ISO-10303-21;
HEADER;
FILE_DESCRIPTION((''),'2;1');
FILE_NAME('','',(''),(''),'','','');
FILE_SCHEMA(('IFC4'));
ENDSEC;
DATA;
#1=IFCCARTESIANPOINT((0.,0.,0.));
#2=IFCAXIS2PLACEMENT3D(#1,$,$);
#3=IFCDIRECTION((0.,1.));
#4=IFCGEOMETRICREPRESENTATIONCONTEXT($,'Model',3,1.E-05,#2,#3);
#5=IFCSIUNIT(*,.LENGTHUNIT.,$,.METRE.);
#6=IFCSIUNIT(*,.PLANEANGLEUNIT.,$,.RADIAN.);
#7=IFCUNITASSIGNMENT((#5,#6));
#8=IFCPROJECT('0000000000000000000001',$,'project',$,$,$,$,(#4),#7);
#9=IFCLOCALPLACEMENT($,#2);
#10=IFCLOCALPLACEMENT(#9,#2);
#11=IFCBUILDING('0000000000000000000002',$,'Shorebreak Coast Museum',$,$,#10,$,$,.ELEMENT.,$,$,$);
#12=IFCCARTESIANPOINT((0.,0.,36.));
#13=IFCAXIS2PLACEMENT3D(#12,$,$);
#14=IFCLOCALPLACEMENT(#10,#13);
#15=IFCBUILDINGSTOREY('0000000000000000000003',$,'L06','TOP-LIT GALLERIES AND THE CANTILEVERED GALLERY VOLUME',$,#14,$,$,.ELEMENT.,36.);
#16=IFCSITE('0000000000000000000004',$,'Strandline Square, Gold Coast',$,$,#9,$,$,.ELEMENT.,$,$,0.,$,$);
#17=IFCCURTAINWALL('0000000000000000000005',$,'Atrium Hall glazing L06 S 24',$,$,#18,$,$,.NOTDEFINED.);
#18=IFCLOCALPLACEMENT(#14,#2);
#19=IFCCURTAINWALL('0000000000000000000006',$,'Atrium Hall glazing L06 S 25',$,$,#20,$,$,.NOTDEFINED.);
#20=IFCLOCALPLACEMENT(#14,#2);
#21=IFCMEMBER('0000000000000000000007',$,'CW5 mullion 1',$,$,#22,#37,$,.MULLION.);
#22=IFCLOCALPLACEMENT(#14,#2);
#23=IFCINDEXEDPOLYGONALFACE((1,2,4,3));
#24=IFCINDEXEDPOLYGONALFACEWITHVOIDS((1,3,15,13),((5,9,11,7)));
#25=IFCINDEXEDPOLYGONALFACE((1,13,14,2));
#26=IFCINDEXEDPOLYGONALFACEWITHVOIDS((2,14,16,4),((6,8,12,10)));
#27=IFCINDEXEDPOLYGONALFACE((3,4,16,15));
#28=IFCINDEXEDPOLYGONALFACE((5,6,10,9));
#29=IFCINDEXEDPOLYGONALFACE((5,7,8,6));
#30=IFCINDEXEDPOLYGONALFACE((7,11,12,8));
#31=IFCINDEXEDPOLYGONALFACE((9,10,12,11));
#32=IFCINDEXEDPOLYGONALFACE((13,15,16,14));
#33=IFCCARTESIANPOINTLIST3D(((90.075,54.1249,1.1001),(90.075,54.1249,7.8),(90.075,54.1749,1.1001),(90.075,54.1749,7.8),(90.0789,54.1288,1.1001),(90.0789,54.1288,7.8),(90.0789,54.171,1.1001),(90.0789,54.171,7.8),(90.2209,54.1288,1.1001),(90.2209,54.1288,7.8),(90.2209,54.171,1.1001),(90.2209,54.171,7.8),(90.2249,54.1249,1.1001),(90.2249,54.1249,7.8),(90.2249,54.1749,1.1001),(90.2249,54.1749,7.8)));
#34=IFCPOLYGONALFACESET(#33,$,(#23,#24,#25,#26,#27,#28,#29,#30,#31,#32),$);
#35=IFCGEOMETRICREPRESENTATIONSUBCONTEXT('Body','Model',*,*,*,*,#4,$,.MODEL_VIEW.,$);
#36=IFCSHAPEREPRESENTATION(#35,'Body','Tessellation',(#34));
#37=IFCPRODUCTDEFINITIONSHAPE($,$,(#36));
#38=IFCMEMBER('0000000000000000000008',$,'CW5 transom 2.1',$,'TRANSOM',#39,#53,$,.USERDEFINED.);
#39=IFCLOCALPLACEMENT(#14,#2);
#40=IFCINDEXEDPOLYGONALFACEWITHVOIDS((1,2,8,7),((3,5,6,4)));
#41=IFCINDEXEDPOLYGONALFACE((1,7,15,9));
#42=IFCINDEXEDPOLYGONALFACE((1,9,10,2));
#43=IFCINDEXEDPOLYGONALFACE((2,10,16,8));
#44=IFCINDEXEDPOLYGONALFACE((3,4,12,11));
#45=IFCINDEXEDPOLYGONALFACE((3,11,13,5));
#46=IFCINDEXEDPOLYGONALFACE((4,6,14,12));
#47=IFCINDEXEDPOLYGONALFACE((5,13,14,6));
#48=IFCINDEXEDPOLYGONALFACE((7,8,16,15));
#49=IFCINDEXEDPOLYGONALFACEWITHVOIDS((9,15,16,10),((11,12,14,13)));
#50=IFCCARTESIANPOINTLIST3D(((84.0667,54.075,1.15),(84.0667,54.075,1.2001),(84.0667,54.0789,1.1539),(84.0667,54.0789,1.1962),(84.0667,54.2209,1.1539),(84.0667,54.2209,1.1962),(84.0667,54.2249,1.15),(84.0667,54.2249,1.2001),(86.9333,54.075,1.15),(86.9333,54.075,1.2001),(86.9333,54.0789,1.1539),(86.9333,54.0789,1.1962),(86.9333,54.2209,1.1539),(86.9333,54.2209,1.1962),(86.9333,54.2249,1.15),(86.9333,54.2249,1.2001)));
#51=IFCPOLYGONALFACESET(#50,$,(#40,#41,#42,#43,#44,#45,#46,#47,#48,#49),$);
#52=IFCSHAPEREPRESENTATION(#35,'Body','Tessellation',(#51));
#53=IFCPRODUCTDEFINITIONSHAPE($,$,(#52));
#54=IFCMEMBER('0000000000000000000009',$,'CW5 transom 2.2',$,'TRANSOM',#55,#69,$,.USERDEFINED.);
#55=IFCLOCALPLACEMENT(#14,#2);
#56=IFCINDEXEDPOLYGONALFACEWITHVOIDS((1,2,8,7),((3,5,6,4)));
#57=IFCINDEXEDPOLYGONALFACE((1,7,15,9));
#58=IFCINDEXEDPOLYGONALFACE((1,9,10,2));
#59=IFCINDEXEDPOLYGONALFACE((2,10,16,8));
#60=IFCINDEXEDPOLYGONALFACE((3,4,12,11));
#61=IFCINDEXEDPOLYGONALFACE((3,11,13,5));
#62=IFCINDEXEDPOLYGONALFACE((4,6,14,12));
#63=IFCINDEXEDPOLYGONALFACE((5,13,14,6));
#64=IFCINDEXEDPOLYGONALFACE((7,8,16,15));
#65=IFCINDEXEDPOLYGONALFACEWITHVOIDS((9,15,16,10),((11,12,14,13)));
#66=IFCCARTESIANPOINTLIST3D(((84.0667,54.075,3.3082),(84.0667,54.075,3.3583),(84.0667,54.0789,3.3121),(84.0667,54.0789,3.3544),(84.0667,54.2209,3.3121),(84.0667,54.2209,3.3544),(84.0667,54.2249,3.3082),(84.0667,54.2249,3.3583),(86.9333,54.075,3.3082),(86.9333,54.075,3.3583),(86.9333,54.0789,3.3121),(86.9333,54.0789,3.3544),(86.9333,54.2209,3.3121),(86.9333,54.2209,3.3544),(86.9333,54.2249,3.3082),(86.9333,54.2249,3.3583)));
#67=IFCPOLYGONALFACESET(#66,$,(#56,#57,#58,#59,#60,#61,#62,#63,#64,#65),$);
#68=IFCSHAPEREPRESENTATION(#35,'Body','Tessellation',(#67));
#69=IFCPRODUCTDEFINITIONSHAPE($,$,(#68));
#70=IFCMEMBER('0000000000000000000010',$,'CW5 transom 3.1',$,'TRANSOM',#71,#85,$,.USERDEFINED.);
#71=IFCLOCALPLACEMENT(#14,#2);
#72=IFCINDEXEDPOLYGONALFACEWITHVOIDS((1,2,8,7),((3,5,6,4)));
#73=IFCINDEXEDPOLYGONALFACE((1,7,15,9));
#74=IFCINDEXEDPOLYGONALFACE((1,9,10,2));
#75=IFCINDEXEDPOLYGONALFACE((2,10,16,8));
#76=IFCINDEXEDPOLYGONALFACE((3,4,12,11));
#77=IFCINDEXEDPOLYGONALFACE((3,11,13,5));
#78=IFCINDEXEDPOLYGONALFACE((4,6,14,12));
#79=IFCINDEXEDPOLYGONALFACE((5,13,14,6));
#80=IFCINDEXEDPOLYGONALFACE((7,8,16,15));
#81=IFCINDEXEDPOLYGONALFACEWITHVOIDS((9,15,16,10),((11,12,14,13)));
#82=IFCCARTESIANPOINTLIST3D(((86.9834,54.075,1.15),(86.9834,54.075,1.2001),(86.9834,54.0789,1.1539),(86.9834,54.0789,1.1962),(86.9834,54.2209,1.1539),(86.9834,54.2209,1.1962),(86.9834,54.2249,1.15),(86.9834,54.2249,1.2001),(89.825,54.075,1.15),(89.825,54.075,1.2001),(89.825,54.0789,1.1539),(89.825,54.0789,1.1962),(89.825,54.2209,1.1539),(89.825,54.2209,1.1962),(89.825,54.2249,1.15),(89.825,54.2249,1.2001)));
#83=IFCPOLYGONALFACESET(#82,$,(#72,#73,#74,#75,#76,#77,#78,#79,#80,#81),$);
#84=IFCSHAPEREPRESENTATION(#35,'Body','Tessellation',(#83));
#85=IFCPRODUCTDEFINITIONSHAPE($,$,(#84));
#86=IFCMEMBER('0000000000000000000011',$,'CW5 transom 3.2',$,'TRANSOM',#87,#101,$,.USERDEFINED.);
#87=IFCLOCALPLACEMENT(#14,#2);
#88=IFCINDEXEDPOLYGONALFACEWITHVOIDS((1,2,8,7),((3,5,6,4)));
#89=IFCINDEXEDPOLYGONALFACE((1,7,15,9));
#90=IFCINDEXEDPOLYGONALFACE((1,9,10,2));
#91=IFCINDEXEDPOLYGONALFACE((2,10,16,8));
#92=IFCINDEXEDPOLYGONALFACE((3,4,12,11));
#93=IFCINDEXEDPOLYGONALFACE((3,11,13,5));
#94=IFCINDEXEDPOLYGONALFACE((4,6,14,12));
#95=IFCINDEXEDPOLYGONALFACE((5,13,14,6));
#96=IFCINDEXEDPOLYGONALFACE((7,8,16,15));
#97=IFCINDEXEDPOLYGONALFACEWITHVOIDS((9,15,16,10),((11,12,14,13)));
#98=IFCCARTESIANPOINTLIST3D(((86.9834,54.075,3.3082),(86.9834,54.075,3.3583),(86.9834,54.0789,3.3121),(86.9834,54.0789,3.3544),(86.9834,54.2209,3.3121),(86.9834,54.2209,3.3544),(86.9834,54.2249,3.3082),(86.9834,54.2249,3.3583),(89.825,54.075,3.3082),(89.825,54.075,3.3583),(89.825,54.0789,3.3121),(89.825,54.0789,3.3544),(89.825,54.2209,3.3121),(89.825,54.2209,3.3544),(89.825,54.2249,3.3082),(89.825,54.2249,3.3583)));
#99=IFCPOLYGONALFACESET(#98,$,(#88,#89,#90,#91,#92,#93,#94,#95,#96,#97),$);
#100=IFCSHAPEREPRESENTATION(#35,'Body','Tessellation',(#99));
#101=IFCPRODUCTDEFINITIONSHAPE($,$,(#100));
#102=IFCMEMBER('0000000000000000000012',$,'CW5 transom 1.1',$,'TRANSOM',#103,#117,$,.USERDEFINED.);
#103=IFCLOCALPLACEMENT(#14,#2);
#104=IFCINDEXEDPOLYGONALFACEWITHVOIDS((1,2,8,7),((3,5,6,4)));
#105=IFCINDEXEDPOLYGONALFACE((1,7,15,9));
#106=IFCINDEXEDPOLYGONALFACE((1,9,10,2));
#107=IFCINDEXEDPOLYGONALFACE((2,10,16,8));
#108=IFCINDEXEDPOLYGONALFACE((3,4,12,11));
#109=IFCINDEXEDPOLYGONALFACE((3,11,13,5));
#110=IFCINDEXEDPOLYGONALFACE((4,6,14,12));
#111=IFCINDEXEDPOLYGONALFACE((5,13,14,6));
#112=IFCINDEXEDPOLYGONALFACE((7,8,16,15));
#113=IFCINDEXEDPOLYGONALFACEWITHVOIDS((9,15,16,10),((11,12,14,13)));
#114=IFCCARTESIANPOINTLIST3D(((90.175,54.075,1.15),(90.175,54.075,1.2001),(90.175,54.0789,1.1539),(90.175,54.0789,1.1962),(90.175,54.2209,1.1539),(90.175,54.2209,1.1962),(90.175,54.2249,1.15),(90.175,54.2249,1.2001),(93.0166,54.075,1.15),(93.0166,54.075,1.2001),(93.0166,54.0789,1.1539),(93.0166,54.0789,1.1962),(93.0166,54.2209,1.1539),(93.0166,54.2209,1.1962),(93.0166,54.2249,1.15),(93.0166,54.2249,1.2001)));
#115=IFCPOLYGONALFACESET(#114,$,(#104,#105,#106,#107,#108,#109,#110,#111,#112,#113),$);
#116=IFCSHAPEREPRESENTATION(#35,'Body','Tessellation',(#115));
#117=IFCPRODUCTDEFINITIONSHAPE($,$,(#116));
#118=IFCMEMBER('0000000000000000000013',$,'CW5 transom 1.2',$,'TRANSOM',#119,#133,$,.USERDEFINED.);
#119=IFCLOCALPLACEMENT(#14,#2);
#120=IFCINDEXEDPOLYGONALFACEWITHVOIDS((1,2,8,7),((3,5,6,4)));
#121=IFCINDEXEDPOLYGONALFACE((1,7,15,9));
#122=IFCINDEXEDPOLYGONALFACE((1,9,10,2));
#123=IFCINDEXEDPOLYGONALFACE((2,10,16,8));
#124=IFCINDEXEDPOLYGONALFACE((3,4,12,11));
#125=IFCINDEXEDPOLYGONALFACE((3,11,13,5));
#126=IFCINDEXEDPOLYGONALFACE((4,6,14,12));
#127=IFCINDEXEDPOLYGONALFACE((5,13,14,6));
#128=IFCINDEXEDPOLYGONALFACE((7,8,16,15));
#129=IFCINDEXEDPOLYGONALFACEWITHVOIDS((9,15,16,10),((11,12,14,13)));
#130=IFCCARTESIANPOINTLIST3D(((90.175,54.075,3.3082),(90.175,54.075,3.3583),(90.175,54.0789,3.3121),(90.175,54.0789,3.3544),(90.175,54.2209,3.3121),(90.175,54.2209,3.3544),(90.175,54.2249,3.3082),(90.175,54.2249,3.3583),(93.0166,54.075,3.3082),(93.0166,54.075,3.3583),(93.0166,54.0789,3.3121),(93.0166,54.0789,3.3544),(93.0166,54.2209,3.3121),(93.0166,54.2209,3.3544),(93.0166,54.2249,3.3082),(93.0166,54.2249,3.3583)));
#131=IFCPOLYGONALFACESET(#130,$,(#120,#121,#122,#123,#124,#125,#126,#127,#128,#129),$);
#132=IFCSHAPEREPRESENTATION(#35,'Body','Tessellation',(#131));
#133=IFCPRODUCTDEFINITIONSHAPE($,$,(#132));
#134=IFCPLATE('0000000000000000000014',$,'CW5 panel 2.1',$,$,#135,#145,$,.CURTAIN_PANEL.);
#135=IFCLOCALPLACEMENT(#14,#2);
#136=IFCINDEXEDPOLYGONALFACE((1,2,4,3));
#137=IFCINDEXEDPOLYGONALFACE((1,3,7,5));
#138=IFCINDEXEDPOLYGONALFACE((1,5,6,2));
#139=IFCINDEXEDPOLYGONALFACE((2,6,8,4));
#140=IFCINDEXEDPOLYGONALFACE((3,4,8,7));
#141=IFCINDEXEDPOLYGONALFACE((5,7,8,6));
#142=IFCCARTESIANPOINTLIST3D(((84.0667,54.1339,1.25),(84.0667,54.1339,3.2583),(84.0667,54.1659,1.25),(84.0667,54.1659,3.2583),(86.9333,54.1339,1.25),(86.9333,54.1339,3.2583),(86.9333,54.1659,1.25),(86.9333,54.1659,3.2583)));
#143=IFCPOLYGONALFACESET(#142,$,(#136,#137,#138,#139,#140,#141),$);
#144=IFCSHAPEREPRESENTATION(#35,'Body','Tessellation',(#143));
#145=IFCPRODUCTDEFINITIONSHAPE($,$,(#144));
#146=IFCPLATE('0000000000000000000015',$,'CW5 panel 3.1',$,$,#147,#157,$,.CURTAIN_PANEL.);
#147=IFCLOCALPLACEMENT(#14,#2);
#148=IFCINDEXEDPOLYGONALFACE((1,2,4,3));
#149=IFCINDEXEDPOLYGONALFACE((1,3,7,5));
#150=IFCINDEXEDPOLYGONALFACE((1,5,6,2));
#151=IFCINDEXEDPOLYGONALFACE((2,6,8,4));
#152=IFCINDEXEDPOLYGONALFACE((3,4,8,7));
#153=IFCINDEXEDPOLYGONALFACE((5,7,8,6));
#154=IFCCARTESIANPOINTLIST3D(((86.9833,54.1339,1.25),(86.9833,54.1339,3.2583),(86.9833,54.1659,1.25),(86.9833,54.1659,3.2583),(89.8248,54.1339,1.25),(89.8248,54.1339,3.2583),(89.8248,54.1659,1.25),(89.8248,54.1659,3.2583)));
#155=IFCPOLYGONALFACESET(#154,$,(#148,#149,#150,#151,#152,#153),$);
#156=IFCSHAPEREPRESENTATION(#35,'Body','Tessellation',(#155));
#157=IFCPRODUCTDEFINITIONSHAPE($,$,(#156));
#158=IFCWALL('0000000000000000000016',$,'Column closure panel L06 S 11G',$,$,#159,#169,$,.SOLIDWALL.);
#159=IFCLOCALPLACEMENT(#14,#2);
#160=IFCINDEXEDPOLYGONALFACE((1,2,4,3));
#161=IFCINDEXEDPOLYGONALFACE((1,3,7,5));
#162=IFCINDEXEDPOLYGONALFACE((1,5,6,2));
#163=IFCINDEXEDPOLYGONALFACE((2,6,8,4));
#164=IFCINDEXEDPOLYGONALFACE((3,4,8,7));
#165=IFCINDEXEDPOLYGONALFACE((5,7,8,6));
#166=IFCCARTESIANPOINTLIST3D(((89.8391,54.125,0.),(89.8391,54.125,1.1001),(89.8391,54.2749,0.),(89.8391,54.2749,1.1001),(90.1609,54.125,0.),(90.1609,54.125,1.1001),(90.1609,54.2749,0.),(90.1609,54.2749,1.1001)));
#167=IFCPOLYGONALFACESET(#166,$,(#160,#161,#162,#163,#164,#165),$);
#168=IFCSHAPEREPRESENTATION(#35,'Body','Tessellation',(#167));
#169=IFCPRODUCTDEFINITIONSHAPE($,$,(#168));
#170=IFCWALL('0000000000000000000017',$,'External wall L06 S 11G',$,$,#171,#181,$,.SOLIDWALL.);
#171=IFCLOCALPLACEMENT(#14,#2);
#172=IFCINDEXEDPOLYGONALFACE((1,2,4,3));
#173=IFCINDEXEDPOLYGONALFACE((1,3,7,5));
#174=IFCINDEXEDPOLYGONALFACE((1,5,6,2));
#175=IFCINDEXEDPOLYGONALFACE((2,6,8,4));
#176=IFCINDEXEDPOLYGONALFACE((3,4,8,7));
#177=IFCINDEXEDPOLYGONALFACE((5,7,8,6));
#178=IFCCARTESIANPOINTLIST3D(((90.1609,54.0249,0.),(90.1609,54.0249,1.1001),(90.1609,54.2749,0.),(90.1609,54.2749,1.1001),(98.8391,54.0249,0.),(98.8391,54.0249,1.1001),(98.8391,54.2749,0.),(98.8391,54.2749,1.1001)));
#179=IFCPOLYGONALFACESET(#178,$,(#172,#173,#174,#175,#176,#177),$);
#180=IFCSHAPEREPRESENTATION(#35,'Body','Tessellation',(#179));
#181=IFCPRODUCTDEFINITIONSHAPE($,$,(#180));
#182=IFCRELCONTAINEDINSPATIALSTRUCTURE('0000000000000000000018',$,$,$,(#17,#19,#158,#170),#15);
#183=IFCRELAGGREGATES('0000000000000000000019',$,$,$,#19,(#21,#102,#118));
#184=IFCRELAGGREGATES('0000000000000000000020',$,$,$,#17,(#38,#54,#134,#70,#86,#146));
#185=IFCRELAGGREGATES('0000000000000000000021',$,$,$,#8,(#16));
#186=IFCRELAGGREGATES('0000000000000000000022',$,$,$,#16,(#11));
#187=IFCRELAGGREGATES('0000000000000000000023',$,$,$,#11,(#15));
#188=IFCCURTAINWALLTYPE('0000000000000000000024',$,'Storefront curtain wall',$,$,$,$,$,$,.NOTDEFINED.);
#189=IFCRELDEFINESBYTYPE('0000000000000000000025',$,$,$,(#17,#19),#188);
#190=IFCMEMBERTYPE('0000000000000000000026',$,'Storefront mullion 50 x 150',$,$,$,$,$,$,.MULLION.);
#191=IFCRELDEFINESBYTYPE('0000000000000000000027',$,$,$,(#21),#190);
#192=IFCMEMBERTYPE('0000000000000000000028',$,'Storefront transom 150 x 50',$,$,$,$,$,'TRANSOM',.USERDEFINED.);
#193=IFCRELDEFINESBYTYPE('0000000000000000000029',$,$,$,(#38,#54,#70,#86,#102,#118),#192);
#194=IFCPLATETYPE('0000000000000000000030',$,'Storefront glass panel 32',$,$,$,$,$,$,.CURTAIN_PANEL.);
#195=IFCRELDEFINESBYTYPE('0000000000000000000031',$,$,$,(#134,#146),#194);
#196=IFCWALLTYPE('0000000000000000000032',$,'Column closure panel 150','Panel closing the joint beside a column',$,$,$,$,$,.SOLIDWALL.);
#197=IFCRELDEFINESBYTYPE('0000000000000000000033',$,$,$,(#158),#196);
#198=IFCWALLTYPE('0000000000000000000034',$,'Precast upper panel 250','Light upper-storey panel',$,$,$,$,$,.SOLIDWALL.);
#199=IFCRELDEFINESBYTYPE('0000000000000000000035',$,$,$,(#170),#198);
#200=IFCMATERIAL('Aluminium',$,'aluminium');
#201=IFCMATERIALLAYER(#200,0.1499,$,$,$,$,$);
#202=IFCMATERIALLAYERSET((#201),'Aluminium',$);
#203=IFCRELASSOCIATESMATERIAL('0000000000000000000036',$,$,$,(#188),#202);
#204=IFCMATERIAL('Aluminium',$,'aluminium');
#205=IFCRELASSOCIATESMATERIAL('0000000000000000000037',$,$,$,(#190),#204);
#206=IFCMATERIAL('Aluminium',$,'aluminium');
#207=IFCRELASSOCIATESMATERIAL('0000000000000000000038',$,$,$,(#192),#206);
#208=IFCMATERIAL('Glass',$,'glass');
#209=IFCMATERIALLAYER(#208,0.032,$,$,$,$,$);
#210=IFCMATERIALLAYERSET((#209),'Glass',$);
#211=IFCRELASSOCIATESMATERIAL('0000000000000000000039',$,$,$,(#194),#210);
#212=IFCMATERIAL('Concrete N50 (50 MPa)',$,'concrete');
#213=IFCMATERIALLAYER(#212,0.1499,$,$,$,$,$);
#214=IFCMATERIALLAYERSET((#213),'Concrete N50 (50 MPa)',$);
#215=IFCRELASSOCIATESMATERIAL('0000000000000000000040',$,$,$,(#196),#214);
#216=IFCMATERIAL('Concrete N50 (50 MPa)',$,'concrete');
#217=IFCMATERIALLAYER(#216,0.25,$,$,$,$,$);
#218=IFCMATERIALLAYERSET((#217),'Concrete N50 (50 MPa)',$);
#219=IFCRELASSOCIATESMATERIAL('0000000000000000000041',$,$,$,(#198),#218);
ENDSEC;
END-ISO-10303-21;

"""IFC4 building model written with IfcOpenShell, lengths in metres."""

from ifc_helpers import new_model, si_unit, direction, frame, frame_2d, origin, origin_2d, place, context, subcontext, project, spatial, rectangle, hollow_rectangle, extrude, material, layer, layer_set, material_profile, profile_set, type_object, element, aggregate, save


model = new_model("IFC4")

# Units and contexts
model_context = context("Model", 3, precision=1e-05, world=origin(), true_north=direction((0.0, 1.0)))
body_context = subcontext(model_context, "Body", "Model", "MODEL_VIEW")
ifc_project = project(units=[si_unit("LENGTHUNIT", "METRE"), si_unit("PLANEANGLEUNIT", "RADIAN")], contexts=[model_context])

# Site, building, storey
site_placement = place(None, origin())
site = spatial("IfcSite", under=ifc_project, at=site_placement, Name="Strandline Square, Gold Coast", CompositionType="ELEMENT", RefElevation=0.0)
building_placement = place(site_placement, origin())
building = spatial("IfcBuilding", under=site, at=building_placement, Name="Shorebreak Coast Museum", CompositionType="ELEMENT")
storey_placement = place(building_placement, frame((0.0, 0.0, 36.0)))
storey = spatial("IfcBuildingStorey", under=building, at=storey_placement, Name="L06", Description="TOP-LIT GALLERIES AND THE CANTILEVERED GALLERY VOLUME", CompositionType="ELEMENT", Elevation=36.0)

# Curtain wall
ifc_material_1 = material(Name="Aluminium", Category="aluminium")
ifc_layer_1 = layer(ifc_material_1, 0.1499)
ifc_layer_set_1 = layer_set([ifc_layer_1], Name="Aluminium")
curtain_wall_type_1 = type_object("IfcCurtainWallType", Name="Storefront curtain wall", PredefinedType="NOTDEFINED", material=ifc_layer_set_1)
curtain_wall_1_placement = place(storey_placement, origin())
curtain_wall_1 = element("IfcCurtainWall", 1, at=curtain_wall_1_placement, inside=storey, type_object=curtain_wall_type_1, Name="Atrium Hall glazing L06 S 24", PredefinedType="NOTDEFINED")
ifc_material_2 = material(Name="Aluminium", Category="aluminium")
ifc_material_profile_1 = material_profile(ifc_material_2, hollow_rectangle(XDim=0.05, YDim=0.1499, WallThickness=0.0039, at=origin_2d()), Name="AL 150x50 RHS")
ifc_profile_set_1 = profile_set([ifc_material_profile_1], Name="Aluminium")
member_type_1 = type_object("IfcMemberType", Name="Storefront mullion 50 x 150", PredefinedType="MULLION", material=ifc_profile_set_1)

# Curtain wall, member
curtain_wall_2_placement = place(storey_placement, origin())
curtain_wall_2 = element("IfcCurtainWall", 2, at=curtain_wall_2_placement, inside=storey, type_object=curtain_wall_type_1, Name="Atrium Hall glazing L06 S 25", PredefinedType="NOTDEFINED")
member_1_placement = place(storey_placement, frame((90.1499, 54.1499, 1.1001), z_axis=(0.0, 0.0, 1.0), x_axis=(0.0, 1.0, 0.0)))
member_1 = element("IfcMember", 3, at=member_1_placement, type_object=member_type_1, Name="CW5 mullion 1", PredefinedType="MULLION", context=body_context, shape_type="SweptSolid", body=[
    extrude(hollow_rectangle(XDim=0.05, YDim=0.1499, WallThickness=0.0039, at=origin_2d()), origin(), (0.0, 0.0, 1.0), 6.7),
])

# Members
ifc_material_3 = material(Name="Aluminium", Category="aluminium")
ifc_material_profile_2 = material_profile(ifc_material_3, hollow_rectangle(XDim=0.1499, YDim=0.05, WallThickness=0.0039, at=origin_2d()), Name="AL 50x150 RHS")
ifc_profile_set_2 = profile_set([ifc_material_profile_2], Name="Aluminium")
member_type_2 = type_object("IfcMemberType", Name="Storefront transom 150 x 50", ElementType="TRANSOM", PredefinedType="USERDEFINED", material=ifc_profile_set_2)
member_2_placement = place(storey_placement, frame((84.0667, 54.1499, 1.175), z_axis=(1.0, 0.0, 0.0), x_axis=(0.0, 1.0, 0.0)))
member_2 = element("IfcMember", 4, at=member_2_placement, type_object=member_type_2, Name="CW5 transom 2.1", ObjectType="TRANSOM", PredefinedType="USERDEFINED", context=body_context, shape_type="SweptSolid", body=[
    extrude(hollow_rectangle(XDim=0.1499, YDim=0.05, WallThickness=0.0039, at=origin_2d()), origin(), (0.0, 0.0, 1.0), 2.8667),
])
member_3_placement = place(storey_placement, frame((84.0667, 54.1499, 3.3333), z_axis=(1.0, 0.0, 0.0), x_axis=(0.0, 1.0, 0.0)))
member_3 = element("IfcMember", 5, at=member_3_placement, type_object=member_type_2, Name="CW5 transom 2.2", ObjectType="TRANSOM", PredefinedType="USERDEFINED", context=body_context, shape_type="SweptSolid", body=[
    extrude(hollow_rectangle(XDim=0.1499, YDim=0.05, WallThickness=0.0039, at=origin_2d()), origin(), (0.0, 0.0, 1.0), 2.8667),
])
member_4_placement = place(storey_placement, frame((86.9834, 54.1499, 1.175), z_axis=(1.0, 0.0, 0.0), x_axis=(0.0, 1.0, 0.0)))
member_4 = element("IfcMember", 6, at=member_4_placement, type_object=member_type_2, Name="CW5 transom 3.1", ObjectType="TRANSOM", PredefinedType="USERDEFINED", context=body_context, shape_type="SweptSolid", body=[
    extrude(hollow_rectangle(XDim=0.1499, YDim=0.05, WallThickness=0.0039, at=origin_2d()), origin(), (0.0, 0.0, 1.0), 2.8416),
])
member_5_placement = place(storey_placement, frame((86.9834, 54.1499, 3.3333), z_axis=(1.0, 0.0, 0.0), x_axis=(0.0, 1.0, 0.0)))
member_5 = element("IfcMember", 7, at=member_5_placement, type_object=member_type_2, Name="CW5 transom 3.2", ObjectType="TRANSOM", PredefinedType="USERDEFINED", context=body_context, shape_type="SweptSolid", body=[
    extrude(hollow_rectangle(XDim=0.1499, YDim=0.05, WallThickness=0.0039, at=origin_2d()), origin(), (0.0, 0.0, 1.0), 2.8416),
])
member_6_placement = place(storey_placement, frame((90.175, 54.1499, 1.175), z_axis=(1.0, 0.0, 0.0), x_axis=(0.0, 1.0, 0.0)))
member_6 = element("IfcMember", 8, at=member_6_placement, type_object=member_type_2, Name="CW5 transom 1.1", ObjectType="TRANSOM", PredefinedType="USERDEFINED", context=body_context, shape_type="SweptSolid", body=[
    extrude(hollow_rectangle(XDim=0.1499, YDim=0.05, WallThickness=0.0039, at=origin_2d()), origin(), (0.0, 0.0, 1.0), 2.8416),
])
member_7_placement = place(storey_placement, frame((90.175, 54.1499, 3.3333), z_axis=(1.0, 0.0, 0.0), x_axis=(0.0, 1.0, 0.0)))
member_7 = element("IfcMember", 9, at=member_7_placement, type_object=member_type_2, Name="CW5 transom 1.2", ObjectType="TRANSOM", PredefinedType="USERDEFINED", context=body_context, shape_type="SweptSolid", body=[
    extrude(hollow_rectangle(XDim=0.1499, YDim=0.05, WallThickness=0.0039, at=origin_2d()), origin(), (0.0, 0.0, 1.0), 2.8416),
])
aggregate(curtain_wall_2, [member_1, member_6, member_7])

# Plates
ifc_material_4 = material(Name="Glass", Category="glass")
ifc_layer_2 = layer(ifc_material_4, 0.032)
ifc_layer_set_2 = layer_set([ifc_layer_2], Name="Glass")
plate_type = type_object("IfcPlateType", Name="Storefront glass panel 32", PredefinedType="CURTAIN_PANEL", material=ifc_layer_set_2)
plate_1_placement = place(storey_placement, frame((85.5, 54.1499, 1.25), z_axis=(0.0, 0.0, 1.0), x_axis=(1.0, 0.0, 0.0)))
plate_1 = element("IfcPlate", 10, at=plate_1_placement, type_object=plate_type, Name="CW5 panel 2.1", PredefinedType="CURTAIN_PANEL", context=body_context, shape_type="SweptSolid", body=[
    extrude(rectangle(XDim=2.8667, YDim=0.032, at=origin_2d()), origin(), (0.0, 0.0, 1.0), 2.0083),
])
plate_2_placement = place(storey_placement, frame((88.4041, 54.1499, 1.25), z_axis=(0.0, 0.0, 1.0), x_axis=(1.0, 0.0, 0.0)))
plate_2 = element("IfcPlate", 11, at=plate_2_placement, type_object=plate_type, Name="CW5 panel 3.1", PredefinedType="CURTAIN_PANEL", context=body_context, shape_type="SweptSolid", body=[
    extrude(rectangle(XDim=2.8416, YDim=0.032, at=origin_2d()), origin(), (0.0, 0.0, 1.0), 2.0083),
])
aggregate(curtain_wall_1, [member_2, member_3, plate_1, member_4, member_5, plate_2])

# Walls
ifc_material_5 = material(Name="Concrete N50 (50 MPa)", Category="concrete")
ifc_layer_3 = layer(ifc_material_5, 0.1499)
ifc_layer_set_3 = layer_set([ifc_layer_3], Name="Concrete N50 (50 MPa)")
wall_type_1 = type_object("IfcWallType", Name="Column closure panel 150", Description="Panel closing the joint beside a column", PredefinedType="SOLIDWALL", material=ifc_layer_set_3)
wall_1_placement = place(storey_placement, frame((89.8391, 54.2, 0.0), z_axis=(0.0, 0.0, 1.0), x_axis=(1.0, 0.0, 0.0)))
element("IfcWall", 12, at=wall_1_placement, inside=storey, type_object=wall_type_1, Name="Column closure panel L06 S 11G", PredefinedType="SOLIDWALL", context=body_context, shape_type="SweptSolid", body=[
    extrude(rectangle(XDim=0.3218, YDim=0.1499, at=frame_2d((0.1609, 0.0))), origin(), (0.0, 0.0, 1.0), 1.1001),
])
ifc_material_6 = material(Name="Concrete N50 (50 MPa)", Category="concrete")
ifc_layer_4 = layer(ifc_material_6, 0.25)
ifc_layer_set_4 = layer_set([ifc_layer_4], Name="Concrete N50 (50 MPa)")
wall_type_2 = type_object("IfcWallType", Name="Precast upper panel 250", Description="Light upper-storey panel", PredefinedType="SOLIDWALL", material=ifc_layer_set_4)
wall_2_placement = place(storey_placement, frame((90.1609, 54.1499, 0.0), z_axis=(0.0, 0.0, 1.0), x_axis=(1.0, 0.0, 0.0)))
element("IfcWall", 13, at=wall_2_placement, inside=storey, type_object=wall_type_2, Name="External wall L06 S 11G", PredefinedType="SOLIDWALL", context=body_context, shape_type="SweptSolid", body=[
    extrude(rectangle(XDim=8.6782, YDim=0.25, at=frame_2d((4.3391, 0.0))), origin(), (0.0, 0.0, 1.0), 1.1001),
])

save(model, "model.ifc")
